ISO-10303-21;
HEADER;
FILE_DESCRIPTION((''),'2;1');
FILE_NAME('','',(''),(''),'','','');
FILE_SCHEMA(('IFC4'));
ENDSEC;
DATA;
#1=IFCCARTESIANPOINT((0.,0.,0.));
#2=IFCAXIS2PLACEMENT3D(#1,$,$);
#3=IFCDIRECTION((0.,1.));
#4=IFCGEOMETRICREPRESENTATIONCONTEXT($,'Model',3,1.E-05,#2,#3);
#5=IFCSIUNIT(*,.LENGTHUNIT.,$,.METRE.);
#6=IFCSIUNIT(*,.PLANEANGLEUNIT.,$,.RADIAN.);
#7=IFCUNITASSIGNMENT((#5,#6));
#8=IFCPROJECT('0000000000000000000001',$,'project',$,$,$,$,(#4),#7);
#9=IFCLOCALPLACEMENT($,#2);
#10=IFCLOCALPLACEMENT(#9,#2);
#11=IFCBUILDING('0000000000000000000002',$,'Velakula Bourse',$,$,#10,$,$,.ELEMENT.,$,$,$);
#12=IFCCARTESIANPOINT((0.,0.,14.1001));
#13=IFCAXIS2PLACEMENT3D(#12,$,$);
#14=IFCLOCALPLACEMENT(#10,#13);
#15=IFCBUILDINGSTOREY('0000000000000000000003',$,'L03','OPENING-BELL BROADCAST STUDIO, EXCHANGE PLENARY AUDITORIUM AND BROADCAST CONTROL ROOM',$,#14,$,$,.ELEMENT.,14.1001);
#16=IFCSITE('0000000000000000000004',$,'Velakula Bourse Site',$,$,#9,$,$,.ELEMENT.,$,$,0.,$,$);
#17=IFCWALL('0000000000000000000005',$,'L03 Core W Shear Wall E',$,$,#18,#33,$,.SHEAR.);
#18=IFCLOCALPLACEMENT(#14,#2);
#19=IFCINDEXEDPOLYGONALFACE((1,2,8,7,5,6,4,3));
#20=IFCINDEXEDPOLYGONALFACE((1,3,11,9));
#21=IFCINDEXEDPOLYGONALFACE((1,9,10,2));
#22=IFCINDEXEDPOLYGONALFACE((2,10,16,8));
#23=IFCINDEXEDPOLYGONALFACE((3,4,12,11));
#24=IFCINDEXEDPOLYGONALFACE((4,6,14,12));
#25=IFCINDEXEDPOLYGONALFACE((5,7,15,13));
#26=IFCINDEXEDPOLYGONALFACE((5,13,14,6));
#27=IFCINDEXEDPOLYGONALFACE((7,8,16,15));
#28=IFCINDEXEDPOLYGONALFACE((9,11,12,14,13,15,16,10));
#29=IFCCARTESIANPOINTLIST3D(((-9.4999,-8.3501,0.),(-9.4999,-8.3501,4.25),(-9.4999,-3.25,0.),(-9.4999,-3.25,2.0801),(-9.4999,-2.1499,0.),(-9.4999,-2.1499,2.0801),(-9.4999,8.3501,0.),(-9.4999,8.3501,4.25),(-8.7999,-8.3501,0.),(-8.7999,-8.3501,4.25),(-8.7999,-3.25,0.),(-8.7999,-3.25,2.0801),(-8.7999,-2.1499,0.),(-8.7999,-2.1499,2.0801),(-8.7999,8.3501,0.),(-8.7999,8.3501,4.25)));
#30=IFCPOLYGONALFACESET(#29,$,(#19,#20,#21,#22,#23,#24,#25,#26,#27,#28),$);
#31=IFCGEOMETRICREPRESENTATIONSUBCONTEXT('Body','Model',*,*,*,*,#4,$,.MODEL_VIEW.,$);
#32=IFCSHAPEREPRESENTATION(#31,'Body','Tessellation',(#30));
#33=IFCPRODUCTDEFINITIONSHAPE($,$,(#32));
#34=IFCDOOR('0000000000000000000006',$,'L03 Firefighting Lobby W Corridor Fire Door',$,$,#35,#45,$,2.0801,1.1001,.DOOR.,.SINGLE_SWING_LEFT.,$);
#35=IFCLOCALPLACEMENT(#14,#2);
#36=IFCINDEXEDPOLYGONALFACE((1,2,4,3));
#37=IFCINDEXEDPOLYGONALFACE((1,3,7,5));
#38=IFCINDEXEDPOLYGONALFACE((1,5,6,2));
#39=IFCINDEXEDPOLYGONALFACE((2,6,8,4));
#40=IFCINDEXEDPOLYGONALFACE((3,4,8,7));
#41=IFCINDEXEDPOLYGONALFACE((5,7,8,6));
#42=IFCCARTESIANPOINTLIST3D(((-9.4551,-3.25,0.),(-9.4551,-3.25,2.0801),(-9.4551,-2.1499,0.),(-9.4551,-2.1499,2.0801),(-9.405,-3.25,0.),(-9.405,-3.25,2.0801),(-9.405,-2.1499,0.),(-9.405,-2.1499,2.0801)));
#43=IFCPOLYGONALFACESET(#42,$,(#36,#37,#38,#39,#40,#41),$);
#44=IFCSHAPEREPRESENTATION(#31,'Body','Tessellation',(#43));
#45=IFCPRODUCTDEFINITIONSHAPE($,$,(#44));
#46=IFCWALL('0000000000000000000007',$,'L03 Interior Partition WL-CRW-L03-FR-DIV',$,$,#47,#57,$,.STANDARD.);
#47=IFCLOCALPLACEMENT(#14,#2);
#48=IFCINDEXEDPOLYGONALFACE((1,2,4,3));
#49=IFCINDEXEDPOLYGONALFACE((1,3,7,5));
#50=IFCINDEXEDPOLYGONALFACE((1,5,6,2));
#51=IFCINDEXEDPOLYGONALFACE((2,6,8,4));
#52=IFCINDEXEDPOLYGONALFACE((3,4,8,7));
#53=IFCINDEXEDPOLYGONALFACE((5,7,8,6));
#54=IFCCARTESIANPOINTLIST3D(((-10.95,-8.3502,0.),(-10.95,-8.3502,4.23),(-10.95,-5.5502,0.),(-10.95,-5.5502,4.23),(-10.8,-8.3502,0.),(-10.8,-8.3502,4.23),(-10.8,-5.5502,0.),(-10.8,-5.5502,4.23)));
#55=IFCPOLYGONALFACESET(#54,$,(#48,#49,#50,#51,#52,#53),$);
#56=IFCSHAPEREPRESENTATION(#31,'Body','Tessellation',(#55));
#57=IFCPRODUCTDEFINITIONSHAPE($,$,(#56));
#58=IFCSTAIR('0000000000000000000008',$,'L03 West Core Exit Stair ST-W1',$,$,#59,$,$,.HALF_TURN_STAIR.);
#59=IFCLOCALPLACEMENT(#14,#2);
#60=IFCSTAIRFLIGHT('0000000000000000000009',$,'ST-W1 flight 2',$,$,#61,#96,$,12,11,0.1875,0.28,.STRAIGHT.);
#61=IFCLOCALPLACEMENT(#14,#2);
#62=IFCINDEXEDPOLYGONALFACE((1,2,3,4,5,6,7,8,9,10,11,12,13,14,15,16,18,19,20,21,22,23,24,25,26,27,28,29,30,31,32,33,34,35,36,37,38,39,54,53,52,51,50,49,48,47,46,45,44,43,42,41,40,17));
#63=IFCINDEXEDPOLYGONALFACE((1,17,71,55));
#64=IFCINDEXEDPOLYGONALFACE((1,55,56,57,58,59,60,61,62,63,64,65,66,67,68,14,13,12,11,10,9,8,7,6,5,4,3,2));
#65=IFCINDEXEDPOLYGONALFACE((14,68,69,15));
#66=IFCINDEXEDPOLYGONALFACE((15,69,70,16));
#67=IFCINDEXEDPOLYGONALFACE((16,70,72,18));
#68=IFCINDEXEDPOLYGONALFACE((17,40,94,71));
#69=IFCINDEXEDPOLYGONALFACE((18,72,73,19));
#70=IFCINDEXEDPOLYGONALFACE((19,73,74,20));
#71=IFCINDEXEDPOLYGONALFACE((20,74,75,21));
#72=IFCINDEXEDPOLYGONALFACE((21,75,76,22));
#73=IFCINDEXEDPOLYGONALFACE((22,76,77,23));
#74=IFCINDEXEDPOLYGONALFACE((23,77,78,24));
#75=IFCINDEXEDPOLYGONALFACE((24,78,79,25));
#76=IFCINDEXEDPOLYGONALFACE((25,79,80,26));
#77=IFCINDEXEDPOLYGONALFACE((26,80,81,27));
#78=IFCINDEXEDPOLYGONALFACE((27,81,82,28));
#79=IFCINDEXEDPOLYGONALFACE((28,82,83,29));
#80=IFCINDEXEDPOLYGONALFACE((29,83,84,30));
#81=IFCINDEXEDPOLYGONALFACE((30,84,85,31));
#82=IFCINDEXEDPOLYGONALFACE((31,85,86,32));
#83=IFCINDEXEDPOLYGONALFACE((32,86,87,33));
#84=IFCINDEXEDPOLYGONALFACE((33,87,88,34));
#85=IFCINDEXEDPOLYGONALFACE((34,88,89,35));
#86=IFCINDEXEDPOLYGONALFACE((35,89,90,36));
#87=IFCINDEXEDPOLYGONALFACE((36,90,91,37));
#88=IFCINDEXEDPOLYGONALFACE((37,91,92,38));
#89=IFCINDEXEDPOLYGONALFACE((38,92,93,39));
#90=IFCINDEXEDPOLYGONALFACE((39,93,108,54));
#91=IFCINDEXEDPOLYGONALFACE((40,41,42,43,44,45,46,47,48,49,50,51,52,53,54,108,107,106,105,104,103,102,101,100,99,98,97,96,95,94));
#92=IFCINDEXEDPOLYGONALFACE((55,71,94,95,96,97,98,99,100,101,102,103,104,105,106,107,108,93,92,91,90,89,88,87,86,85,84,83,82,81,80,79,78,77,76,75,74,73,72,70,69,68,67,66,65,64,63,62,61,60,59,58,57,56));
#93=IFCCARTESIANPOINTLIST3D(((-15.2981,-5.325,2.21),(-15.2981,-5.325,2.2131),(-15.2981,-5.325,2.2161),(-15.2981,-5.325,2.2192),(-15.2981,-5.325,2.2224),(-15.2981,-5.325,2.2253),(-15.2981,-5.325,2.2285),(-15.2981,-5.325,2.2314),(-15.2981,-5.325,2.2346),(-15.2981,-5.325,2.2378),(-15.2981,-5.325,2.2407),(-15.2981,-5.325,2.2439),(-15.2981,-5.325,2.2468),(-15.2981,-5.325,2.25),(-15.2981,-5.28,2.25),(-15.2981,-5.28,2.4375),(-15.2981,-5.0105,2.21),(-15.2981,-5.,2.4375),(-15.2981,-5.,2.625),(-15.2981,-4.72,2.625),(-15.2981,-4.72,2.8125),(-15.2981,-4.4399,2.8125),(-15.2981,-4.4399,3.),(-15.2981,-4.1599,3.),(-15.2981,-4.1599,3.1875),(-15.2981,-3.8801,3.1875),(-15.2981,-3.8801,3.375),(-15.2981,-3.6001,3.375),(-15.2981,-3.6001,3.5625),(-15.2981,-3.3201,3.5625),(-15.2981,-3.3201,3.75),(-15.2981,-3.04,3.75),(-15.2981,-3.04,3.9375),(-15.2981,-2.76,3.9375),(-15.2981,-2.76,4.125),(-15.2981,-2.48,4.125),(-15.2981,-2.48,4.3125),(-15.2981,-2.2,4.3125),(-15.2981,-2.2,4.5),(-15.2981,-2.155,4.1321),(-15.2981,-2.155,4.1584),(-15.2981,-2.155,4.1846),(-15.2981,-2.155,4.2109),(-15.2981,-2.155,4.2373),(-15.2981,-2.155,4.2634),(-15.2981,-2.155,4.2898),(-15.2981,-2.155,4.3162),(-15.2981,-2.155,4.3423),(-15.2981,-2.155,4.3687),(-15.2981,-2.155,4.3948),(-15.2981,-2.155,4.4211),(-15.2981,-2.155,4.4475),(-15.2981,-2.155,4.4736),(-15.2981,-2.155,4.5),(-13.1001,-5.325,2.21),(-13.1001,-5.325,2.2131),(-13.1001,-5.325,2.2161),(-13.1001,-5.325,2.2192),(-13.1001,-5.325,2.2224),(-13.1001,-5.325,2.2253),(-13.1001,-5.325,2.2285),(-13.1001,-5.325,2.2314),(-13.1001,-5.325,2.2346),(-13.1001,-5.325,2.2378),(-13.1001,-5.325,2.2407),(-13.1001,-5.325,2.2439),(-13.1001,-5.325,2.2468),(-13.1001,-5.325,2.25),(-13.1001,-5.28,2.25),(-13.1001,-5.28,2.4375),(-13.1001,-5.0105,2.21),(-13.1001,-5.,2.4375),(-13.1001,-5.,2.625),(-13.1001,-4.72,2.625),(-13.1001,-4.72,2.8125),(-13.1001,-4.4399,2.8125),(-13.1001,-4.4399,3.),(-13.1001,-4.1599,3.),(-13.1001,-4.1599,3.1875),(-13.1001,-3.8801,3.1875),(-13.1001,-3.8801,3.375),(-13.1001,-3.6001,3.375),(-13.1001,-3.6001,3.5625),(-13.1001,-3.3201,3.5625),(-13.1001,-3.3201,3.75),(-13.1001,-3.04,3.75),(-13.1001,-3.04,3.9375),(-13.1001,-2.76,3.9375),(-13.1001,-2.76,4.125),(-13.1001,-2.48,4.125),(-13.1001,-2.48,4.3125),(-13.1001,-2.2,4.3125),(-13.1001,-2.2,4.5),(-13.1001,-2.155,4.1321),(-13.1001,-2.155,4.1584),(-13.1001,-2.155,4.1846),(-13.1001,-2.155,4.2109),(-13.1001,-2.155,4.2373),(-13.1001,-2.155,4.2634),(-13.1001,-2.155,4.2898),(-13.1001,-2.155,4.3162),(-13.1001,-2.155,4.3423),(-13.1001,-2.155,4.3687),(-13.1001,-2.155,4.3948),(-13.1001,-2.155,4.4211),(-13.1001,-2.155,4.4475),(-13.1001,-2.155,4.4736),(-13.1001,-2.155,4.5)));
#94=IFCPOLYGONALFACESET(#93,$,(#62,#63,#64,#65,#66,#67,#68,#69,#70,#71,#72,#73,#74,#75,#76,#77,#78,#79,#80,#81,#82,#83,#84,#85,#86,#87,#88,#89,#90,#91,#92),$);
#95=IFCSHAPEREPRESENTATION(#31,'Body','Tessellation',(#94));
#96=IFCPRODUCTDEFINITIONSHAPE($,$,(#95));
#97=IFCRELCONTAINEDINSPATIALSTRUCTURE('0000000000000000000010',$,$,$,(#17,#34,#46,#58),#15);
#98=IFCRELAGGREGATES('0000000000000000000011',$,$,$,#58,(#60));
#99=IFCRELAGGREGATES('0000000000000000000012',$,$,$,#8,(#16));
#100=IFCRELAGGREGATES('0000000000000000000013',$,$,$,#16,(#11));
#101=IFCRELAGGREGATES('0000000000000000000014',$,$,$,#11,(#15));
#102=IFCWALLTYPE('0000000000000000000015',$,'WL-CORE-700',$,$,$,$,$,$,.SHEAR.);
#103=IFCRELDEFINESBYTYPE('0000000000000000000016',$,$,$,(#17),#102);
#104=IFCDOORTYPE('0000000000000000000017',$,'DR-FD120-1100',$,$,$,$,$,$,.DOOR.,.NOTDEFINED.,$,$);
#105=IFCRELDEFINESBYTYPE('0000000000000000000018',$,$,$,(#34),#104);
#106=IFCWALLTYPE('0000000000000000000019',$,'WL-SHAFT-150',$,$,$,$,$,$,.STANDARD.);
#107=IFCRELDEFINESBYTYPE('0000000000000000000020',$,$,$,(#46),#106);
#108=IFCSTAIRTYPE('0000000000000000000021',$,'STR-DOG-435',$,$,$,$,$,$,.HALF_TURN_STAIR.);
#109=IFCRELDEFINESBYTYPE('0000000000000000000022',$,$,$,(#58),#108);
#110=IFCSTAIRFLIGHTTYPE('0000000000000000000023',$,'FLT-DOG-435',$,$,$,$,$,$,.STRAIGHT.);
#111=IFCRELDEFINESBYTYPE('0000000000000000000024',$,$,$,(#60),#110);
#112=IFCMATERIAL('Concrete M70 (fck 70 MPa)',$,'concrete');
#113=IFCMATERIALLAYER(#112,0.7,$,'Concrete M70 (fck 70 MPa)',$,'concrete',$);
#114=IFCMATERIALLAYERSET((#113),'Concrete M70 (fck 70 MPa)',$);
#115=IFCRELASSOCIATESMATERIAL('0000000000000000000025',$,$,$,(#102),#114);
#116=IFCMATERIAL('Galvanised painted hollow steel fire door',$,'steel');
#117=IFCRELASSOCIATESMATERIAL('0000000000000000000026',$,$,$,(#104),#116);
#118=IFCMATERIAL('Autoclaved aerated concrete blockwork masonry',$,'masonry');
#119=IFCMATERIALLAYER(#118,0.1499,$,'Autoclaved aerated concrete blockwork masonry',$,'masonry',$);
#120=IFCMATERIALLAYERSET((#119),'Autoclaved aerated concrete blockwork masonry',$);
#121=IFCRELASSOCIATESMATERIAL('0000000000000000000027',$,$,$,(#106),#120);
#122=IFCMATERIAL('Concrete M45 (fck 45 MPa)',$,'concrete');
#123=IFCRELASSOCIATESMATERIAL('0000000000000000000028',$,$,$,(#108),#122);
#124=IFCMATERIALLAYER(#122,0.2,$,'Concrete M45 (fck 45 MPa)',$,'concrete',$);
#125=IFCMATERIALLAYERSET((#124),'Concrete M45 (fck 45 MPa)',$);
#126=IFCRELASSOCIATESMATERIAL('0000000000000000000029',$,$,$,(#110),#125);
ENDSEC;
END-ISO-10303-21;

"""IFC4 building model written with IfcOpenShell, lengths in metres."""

from ifc_helpers import new_model, si_unit, direction, frame, frame_2d, origin, place, context, subcontext, project, spatial, polyline, rectangle, outline, extrude, material, layer, layer_set, type_object, element, fill, aggregate, save


model = new_model("IFC4")

# Units and contexts
model_context = context("Model", 3, precision=1e-05, world=origin(), true_north=direction((0.0, 1.0)))
body_context = subcontext(model_context, "Body", "Model", "MODEL_VIEW")
ifc_project = project(units=[si_unit("LENGTHUNIT", "METRE"), si_unit("PLANEANGLEUNIT", "RADIAN")], contexts=[model_context])

# Site, building, storey
site_placement = place(None, origin())
site = spatial("IfcSite", under=ifc_project, at=site_placement, Name="Velakula Bourse Site", CompositionType="ELEMENT", RefElevation=0.0)
building_placement = place(site_placement, origin())
building = spatial("IfcBuilding", under=site, at=building_placement, Name="Velakula Bourse", CompositionType="ELEMENT")
storey_placement = place(building_placement, frame((0.0, 0.0, 14.1001)))
storey = spatial("IfcBuildingStorey", under=building, at=storey_placement, Name="L03", Description="OPENING-BELL BROADCAST STUDIO, EXCHANGE PLENARY AUDITORIUM AND BROADCAST CONTROL ROOM", CompositionType="ELEMENT", Elevation=14.1001)

# Shared definitions
ifc_material_1 = material(Name="Concrete M70 (fck 70 MPa)", Category="concrete")

# Shared definitions
ifc_material_2 = material(Name="Galvanised painted hollow steel fire door", Category="steel")

# Shared definitions
ifc_layer_1 = layer(ifc_material_1, 0.7, Name="Concrete M70 (fck 70 MPa)", Category="concrete")
ifc_layer_set_1 = layer_set([ifc_layer_1], Name="Concrete M70 (fck 70 MPa)")
wall_type_1 = type_object("IfcWallType", Name="WL-CORE-700", PredefinedType="SHEAR", material=ifc_layer_set_1)

# Wall, opening, door
wall_1_placement = place(storey_placement, frame((-9.1499, -8.3501, 0.0), z_axis=(0.0, 0.0, 1.0), x_axis=(0.0, 1.0, 0.0)))
wall_1 = element("IfcWall", 1, at=wall_1_placement, inside=storey, type_object=wall_type_1, Name="L03 Core W Shear Wall E", PredefinedType="SHEAR", context=body_context, shape_type="SweptSolid", body=[
    extrude(rectangle(XDim=16.7002, YDim=0.7, at=frame_2d((8.3501, 0.0))), origin(), (0.0, 0.0, 1.0), 4.25),
])
opening_1_placement = place(wall_1_placement, frame((5.1001, 0.0, 0.0)))
opening_1 = element("IfcOpeningElement", 2, at=opening_1_placement, cuts=wall_1, PredefinedType="OPENING", context=body_context, shape_type="SweptSolid", body=[
    extrude(rectangle(XDim=1.1001, YDim=2.0801, at=frame_2d((0.55, 1.04))), frame((0.0, 0.3599, 0.0), z_axis=(0.0, -1.0, 0.0), x_axis=(1.0, 0.0, 0.0)), (0.0, 0.0, 1.0), 0.72),
])
door_type_1 = type_object("IfcDoorType", Name="DR-FD120-1100", OperationType="NOTDEFINED", PredefinedType="DOOR", material=ifc_material_2)
door_1_placement = place(opening_1_placement, origin())
door_1 = element("IfcDoor", 3, at=door_1_placement, inside=storey, type_object=door_type_1, Name="L03 Firefighting Lobby W Corridor Fire Door", OperationType="SINGLE_SWING_LEFT", OverallHeight=2.0801, OverallWidth=1.1001, PredefinedType="DOOR", context=body_context, shape_type="SweptSolid", body=[
    extrude(rectangle(XDim=1.1001, YDim=2.0801, at=frame_2d((0.55, 1.04))), frame((0.0, 0.3052, 0.0), z_axis=(0.0, -1.0, 0.0), x_axis=(1.0, 0.0, 0.0)), (0.0, 0.0, 1.0), 0.05),
])
fill(opening_1, door_1)

# Shared definitions
ifc_material_3 = material(Name="Autoclaved aerated concrete blockwork masonry", Category="masonry")
ifc_layer_2 = layer(ifc_material_3, 0.1499, Name="Autoclaved aerated concrete blockwork masonry", Category="masonry")
ifc_layer_set_2 = layer_set([ifc_layer_2], Name="Autoclaved aerated concrete blockwork masonry")
wall_type_2 = type_object("IfcWallType", Name="WL-SHAFT-150", PredefinedType="STANDARD", material=ifc_layer_set_2)

# Wall
wall_2_placement = place(storey_placement, frame((-10.875, -8.3501, 0.0), z_axis=(0.0, 0.0, 1.0), x_axis=(0.0, 1.0, 0.0)))
element("IfcWall", 4, at=wall_2_placement, inside=storey, type_object=wall_type_2, Name="L03 Interior Partition WL-CRW-L03-FR-DIV", PredefinedType="STANDARD", context=body_context, shape_type="SweptSolid", body=[
    extrude(rectangle(XDim=2.8, YDim=0.1499, at=frame_2d((1.3999, 0.0))), origin(), (0.0, 0.0, 1.0), 4.23),
])

# Stair, stair flight
ifc_material_4 = material(Name="Concrete M45 (fck 45 MPa)", Category="concrete")
stair_type = type_object("IfcStairType", Name="STR-DOG-435", PredefinedType="HALF_TURN_STAIR", material=ifc_material_4)
stair_placement = place(storey_placement, origin())
stair = element("IfcStair", 5, at=stair_placement, inside=storey, type_object=stair_type, Name="L03 West Core Exit Stair ST-W1", PredefinedType="HALF_TURN_STAIR")
ifc_layer_3 = layer(ifc_material_4, 0.2, Name="Concrete M45 (fck 45 MPa)", Category="concrete")
ifc_layer_set_3 = layer_set([ifc_layer_3], Name="Concrete M45 (fck 45 MPa)")
stair_flight_type = type_object("IfcStairFlightType", Name="FLT-DOG-435", PredefinedType="STRAIGHT", material=ifc_layer_set_3)
stair_flight_placement = place(storey_placement, frame((-14.199, -5.28, 2.25), z_axis=(0.0, 0.0, 1.0), x_axis=(0.0, 1.0, 0.0)))
stair_flight = element("IfcStairFlight", 6, at=stair_flight_placement, type_object=stair_flight_type, Name="ST-W1 flight 2", NumberOfRisers=12, NumberOfTreads=11, PredefinedType="STRAIGHT", RiserHeight=0.1875, TreadLength=0.28, context=body_context, shape_type="SweptSolid", body=[
    extrude(outline(polyline([(-0.0449, -0.04), (-0.0449, -0.0369), (-0.0449, -0.0339), (-0.0449, -0.0308), (-0.0449, -0.0276), (-0.0449, -0.0247), (-0.0449, -0.0215), (-0.0449, -0.0186), (-0.0449, -0.0154), (-0.0449, -0.0122), (-0.0449, -0.0093), (-0.0449, -0.0061), (-0.0449, -0.0032), (-0.0449, 0.0), (0.0, 0.0), (0.0, 0.1875), (0.28, 0.1875), (0.28, 0.375), (0.5601, 0.375), (0.5601, 0.5625), (0.8401, 0.5625), (0.8401, 0.75), (1.1201, 0.75), (1.1201, 0.9375), (1.3999, 0.9375), (1.3999, 1.125), (1.6799, 1.125), (1.6799, 1.3125), (1.96, 1.3125), (1.96, 1.5), (2.24, 1.5), (2.24, 1.6875), (2.52, 1.6875), (2.52, 1.875), (2.8, 1.875), (2.8, 2.0625), (3.0801, 2.0625), (3.0801, 2.25), (3.125, 2.25), (3.125, 2.2236), (3.125, 2.1975), (3.125, 2.1711), (3.125, 2.1448), (3.125, 2.1187), (3.125, 2.0923), (3.125, 2.0662), (3.125, 2.0398), (3.125, 2.0134), (3.125, 1.9873), (3.125, 1.9609), (3.125, 1.9346), (3.125, 1.9084), (3.125, 1.8821), (0.2695, -0.04), (-0.0449, -0.04)])), frame((0.0, 1.0991, 0.0), z_axis=(0.0, -1.0, 0.0), x_axis=(1.0, 0.0, 0.0)), (0.0, 0.0, 1.0), 2.198),
])
aggregate(stair, [stair_flight])

save(model, "model.ifc")
